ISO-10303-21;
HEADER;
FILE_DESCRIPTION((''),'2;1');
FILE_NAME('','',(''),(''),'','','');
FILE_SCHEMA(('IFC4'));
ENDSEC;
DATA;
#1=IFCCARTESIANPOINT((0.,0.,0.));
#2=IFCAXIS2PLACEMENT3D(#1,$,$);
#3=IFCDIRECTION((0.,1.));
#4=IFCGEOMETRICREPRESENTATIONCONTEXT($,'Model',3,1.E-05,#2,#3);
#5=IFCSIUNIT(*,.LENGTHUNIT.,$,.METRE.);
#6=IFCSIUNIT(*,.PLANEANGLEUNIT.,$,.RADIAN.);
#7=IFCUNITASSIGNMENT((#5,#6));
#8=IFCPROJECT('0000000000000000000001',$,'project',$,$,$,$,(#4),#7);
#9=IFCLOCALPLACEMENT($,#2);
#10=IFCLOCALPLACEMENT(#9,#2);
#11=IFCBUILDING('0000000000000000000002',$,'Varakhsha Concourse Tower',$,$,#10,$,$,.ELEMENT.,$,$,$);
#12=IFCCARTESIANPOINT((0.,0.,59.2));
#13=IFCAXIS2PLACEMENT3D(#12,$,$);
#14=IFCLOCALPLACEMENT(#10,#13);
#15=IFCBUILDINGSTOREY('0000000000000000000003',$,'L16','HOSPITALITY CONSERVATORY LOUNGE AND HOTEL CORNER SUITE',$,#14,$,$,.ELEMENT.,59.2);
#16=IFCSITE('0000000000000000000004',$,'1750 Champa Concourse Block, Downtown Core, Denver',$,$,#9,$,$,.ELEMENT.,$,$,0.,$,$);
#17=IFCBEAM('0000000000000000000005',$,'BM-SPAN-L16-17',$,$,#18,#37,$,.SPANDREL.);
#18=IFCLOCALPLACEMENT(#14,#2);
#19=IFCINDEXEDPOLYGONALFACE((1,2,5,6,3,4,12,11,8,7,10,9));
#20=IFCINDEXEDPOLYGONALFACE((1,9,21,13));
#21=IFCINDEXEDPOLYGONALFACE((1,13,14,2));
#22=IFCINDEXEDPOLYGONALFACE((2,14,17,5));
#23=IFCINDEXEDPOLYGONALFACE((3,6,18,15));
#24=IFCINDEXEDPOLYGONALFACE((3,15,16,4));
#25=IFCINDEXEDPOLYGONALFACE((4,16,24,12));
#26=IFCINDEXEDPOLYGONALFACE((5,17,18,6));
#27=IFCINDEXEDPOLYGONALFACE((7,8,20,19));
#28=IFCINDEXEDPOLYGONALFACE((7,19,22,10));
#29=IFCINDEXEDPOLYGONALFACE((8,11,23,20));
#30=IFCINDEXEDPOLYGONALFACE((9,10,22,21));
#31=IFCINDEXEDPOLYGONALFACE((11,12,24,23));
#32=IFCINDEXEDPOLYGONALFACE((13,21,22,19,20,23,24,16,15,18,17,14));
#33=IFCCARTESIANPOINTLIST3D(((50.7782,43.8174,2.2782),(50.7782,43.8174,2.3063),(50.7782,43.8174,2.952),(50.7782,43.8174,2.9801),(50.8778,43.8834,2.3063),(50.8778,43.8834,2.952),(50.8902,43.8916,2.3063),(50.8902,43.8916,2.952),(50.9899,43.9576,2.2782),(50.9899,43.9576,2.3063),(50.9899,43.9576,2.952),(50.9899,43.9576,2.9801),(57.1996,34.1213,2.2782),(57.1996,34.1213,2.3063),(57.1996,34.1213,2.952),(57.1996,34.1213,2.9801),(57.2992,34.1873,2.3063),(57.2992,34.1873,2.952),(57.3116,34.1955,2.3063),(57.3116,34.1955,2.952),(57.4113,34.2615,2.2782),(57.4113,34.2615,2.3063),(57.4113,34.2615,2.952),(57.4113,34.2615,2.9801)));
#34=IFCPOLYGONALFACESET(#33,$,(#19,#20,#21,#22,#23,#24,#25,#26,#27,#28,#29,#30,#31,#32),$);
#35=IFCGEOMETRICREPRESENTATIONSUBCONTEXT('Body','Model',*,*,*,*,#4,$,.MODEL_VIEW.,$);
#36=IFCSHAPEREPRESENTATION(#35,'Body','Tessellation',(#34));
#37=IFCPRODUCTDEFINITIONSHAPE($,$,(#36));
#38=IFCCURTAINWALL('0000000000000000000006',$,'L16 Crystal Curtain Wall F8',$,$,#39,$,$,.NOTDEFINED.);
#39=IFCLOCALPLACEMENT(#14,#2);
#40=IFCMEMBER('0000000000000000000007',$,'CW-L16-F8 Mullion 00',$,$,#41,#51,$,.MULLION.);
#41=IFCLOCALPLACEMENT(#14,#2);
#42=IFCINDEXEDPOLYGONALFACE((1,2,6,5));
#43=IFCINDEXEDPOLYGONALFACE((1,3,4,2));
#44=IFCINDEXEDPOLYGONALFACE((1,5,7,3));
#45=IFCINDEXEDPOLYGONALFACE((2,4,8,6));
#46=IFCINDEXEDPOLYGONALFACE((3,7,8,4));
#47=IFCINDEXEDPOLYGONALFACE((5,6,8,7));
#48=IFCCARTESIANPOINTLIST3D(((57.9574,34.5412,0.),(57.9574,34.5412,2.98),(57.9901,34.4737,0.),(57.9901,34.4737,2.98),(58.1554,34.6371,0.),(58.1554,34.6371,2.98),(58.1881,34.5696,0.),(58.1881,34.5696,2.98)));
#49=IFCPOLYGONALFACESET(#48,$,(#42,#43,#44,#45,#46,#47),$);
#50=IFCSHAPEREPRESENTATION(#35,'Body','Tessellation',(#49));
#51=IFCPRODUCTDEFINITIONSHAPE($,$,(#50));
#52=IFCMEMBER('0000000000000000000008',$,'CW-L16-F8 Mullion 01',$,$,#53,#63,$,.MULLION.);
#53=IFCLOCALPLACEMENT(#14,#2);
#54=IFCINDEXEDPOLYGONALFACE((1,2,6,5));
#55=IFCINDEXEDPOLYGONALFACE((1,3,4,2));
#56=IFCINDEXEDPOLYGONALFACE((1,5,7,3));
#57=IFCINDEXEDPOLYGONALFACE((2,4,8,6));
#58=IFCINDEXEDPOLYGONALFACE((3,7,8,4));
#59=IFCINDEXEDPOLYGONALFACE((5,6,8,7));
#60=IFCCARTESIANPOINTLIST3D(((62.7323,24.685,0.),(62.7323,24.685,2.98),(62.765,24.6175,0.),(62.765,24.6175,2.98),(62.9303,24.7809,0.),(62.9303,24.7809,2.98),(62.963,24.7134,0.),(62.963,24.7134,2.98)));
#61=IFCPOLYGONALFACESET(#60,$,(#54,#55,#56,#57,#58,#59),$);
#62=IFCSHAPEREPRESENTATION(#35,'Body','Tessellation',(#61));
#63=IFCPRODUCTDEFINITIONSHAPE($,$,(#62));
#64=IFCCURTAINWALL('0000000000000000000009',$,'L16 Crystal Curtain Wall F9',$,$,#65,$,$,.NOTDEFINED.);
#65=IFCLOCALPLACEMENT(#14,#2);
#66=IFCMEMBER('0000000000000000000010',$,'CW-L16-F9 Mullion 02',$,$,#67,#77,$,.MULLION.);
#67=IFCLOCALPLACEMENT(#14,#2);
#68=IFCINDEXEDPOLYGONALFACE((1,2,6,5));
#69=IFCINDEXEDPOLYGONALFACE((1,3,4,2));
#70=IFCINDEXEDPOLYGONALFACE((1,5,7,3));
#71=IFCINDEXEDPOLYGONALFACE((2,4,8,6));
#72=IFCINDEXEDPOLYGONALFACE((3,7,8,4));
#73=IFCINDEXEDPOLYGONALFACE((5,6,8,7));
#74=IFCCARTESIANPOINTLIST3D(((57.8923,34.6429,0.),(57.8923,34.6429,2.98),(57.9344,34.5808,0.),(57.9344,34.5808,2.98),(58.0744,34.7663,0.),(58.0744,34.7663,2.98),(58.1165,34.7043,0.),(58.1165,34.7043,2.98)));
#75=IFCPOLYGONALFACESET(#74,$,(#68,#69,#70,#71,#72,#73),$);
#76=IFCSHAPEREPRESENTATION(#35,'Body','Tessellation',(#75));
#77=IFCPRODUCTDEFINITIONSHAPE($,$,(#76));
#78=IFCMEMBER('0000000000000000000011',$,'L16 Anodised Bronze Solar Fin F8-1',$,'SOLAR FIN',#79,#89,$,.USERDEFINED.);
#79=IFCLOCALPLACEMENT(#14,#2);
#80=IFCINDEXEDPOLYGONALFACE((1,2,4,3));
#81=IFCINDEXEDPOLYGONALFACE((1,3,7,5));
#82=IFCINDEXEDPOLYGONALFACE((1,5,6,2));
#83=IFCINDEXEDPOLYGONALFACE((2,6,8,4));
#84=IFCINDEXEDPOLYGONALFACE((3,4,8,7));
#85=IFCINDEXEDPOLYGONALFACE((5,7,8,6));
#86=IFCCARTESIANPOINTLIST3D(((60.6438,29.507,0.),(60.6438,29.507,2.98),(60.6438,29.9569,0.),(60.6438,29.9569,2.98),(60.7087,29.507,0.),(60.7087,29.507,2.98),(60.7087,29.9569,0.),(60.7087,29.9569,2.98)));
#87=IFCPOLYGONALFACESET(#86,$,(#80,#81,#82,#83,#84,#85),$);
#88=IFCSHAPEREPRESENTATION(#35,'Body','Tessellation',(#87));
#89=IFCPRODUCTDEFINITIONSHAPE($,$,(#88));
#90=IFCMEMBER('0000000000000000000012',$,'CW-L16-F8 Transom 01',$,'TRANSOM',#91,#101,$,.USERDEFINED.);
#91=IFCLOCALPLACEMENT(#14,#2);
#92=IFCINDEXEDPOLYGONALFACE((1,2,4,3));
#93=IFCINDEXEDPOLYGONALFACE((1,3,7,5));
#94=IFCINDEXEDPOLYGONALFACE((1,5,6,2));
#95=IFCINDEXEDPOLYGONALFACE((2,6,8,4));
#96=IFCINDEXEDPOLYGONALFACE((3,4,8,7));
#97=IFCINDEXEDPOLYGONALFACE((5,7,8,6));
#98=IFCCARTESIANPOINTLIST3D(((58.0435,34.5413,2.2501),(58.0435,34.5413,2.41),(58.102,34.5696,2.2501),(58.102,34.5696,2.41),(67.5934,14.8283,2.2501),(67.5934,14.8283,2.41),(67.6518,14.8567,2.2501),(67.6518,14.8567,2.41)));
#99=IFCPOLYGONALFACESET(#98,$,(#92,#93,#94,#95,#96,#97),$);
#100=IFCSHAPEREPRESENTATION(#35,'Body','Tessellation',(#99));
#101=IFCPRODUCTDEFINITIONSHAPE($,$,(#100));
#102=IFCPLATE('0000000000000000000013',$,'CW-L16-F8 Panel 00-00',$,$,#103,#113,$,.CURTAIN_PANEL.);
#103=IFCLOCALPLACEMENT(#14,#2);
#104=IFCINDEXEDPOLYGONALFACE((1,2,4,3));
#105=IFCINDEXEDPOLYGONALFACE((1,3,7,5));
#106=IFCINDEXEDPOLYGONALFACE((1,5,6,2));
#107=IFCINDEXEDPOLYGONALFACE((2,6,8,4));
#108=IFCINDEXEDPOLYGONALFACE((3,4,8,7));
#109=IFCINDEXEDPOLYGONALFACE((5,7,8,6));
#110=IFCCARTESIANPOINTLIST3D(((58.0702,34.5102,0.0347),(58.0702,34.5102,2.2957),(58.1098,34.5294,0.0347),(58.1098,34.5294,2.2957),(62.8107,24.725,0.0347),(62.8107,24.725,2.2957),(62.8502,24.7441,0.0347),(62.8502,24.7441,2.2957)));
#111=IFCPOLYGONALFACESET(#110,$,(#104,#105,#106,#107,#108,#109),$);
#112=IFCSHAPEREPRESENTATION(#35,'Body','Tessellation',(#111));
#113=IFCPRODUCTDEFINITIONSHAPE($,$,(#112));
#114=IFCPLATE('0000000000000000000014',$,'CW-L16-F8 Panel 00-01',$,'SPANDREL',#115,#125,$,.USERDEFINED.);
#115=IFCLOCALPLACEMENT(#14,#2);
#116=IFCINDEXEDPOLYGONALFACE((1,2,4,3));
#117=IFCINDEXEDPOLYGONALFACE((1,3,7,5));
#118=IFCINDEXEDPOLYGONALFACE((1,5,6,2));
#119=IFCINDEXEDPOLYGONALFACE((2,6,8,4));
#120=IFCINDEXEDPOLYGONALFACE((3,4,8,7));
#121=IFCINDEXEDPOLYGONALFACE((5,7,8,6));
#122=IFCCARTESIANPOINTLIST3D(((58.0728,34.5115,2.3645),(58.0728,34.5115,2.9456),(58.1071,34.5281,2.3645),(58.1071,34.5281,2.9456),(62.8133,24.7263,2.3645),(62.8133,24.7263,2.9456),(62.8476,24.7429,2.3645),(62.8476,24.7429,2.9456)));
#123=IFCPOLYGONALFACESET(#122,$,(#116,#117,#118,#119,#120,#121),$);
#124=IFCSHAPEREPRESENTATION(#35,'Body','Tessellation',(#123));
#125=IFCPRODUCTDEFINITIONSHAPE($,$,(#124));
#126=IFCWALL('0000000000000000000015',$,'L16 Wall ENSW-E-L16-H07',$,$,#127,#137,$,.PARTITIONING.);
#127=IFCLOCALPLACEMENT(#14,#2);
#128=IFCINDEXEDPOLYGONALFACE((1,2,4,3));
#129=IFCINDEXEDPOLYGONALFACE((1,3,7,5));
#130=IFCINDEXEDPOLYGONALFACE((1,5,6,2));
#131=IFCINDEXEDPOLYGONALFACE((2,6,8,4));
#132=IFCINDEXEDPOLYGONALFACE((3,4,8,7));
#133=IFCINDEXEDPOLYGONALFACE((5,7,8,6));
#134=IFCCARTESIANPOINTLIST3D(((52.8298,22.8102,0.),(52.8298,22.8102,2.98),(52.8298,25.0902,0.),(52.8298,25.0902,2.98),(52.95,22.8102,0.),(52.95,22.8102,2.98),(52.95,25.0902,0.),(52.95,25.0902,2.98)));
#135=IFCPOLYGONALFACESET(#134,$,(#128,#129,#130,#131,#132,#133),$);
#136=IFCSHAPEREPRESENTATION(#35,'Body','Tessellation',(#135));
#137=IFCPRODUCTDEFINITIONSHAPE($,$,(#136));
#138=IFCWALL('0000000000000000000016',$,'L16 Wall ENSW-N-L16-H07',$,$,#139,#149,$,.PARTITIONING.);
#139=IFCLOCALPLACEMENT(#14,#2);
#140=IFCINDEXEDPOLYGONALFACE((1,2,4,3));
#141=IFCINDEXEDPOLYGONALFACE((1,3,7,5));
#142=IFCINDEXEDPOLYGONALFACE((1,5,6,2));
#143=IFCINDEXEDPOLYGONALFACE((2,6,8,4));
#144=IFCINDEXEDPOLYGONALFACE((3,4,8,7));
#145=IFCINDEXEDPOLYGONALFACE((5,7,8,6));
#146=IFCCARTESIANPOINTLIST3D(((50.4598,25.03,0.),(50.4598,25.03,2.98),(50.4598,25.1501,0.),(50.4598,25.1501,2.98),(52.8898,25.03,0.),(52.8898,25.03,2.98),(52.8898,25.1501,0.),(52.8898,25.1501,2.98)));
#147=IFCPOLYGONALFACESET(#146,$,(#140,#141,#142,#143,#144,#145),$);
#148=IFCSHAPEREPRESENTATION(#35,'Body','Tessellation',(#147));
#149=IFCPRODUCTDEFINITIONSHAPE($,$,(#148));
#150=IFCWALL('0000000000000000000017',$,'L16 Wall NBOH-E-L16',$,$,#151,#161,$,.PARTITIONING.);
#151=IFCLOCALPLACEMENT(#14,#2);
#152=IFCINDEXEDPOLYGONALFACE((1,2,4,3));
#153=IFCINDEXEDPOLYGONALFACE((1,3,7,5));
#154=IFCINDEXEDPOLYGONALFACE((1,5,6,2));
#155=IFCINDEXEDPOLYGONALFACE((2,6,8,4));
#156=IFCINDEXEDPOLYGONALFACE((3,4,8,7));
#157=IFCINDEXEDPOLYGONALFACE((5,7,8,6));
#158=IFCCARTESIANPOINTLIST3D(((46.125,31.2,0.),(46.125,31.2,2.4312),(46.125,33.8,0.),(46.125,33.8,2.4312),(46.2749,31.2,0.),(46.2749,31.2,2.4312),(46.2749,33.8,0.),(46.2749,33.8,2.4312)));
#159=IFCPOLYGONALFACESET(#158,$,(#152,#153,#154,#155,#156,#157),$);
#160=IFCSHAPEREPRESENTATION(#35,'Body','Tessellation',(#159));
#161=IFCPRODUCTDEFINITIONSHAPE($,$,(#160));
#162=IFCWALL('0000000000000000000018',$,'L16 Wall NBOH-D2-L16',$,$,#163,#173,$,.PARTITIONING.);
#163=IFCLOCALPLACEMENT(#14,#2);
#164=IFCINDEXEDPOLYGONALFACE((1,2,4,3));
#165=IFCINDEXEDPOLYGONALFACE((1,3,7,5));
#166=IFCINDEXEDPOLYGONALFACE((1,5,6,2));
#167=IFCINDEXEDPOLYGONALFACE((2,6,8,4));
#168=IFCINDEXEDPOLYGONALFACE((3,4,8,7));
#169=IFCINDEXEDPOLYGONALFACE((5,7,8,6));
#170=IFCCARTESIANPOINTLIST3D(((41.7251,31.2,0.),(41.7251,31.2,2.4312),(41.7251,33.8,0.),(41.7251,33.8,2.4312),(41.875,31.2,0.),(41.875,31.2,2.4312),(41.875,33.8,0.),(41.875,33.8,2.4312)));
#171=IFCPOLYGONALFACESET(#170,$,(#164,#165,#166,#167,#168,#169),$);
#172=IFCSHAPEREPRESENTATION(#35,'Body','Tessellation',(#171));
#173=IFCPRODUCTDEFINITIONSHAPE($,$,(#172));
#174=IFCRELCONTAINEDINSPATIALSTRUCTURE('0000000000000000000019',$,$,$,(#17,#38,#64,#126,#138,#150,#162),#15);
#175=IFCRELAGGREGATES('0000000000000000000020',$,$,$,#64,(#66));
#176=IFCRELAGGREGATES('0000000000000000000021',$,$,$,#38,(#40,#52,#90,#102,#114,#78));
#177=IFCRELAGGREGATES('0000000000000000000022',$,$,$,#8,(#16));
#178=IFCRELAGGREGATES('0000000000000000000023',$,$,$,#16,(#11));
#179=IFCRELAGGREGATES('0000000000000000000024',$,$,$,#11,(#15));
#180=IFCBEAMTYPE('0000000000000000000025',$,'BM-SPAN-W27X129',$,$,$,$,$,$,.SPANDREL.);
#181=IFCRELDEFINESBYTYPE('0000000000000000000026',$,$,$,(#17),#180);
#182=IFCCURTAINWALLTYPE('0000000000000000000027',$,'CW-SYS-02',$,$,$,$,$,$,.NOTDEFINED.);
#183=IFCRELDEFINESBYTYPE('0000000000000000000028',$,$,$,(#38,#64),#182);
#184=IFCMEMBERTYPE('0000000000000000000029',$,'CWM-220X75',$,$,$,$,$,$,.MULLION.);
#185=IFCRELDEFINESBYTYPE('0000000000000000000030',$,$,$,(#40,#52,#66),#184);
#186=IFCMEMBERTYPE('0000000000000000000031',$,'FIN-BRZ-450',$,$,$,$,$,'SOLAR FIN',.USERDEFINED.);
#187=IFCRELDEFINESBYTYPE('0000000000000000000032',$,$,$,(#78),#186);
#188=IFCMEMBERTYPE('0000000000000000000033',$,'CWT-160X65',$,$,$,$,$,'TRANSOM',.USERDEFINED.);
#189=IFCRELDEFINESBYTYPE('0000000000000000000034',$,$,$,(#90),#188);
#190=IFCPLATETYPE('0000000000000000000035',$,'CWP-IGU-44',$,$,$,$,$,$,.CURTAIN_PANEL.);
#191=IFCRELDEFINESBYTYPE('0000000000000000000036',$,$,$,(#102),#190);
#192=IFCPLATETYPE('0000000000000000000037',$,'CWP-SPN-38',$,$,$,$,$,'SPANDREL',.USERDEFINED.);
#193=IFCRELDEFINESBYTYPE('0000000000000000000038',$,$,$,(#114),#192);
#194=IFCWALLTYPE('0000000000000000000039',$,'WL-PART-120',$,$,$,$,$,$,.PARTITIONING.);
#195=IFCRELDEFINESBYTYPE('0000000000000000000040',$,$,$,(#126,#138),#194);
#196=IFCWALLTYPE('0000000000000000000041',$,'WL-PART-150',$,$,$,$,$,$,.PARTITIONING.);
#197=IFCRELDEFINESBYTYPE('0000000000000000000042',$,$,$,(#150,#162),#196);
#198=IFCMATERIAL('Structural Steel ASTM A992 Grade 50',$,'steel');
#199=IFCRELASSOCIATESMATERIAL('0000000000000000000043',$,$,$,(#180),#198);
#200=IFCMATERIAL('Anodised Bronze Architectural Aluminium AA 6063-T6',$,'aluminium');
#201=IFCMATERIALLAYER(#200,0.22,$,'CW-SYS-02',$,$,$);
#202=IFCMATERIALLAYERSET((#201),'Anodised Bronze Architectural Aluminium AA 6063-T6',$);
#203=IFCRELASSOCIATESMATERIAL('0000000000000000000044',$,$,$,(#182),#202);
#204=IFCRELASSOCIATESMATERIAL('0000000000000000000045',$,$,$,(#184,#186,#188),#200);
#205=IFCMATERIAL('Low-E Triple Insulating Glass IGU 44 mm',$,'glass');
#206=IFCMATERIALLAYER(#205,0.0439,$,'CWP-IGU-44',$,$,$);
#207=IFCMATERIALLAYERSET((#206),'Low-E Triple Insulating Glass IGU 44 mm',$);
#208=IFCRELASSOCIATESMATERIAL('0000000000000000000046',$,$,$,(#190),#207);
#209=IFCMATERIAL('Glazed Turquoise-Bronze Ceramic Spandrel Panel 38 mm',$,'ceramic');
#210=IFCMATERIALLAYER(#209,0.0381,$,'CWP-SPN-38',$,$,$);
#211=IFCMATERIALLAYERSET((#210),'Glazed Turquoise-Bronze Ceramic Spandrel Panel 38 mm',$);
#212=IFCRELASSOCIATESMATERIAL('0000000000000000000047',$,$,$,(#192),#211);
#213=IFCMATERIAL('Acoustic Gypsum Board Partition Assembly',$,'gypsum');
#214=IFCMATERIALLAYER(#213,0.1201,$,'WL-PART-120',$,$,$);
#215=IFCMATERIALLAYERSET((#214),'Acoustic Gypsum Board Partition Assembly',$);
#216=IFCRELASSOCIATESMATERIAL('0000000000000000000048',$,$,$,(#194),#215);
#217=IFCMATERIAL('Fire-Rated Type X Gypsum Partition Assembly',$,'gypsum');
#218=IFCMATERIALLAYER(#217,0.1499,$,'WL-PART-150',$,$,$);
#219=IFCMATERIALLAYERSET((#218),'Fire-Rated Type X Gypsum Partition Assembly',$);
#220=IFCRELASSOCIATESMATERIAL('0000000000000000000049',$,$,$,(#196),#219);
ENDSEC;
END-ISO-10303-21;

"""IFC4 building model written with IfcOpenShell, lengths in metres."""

from ifc_helpers import new_model, si_unit, direction, frame, frame_2d, origin, origin_2d, place, context, subcontext, project, spatial, rectangle, i_section, extrude, source, transform, mapped, material, layer, layer_set, material_profile, profile_set, type_object, type_shapes, element, aggregate, save


model = new_model("IFC4")

# Units and contexts
model_context = context("Model", 3, precision=1e-05, world=origin(), true_north=direction((0.0, 1.0)))
body_context = subcontext(model_context, "Body", "Model", "MODEL_VIEW")
ifc_project = project(units=[si_unit("LENGTHUNIT", "METRE"), si_unit("PLANEANGLEUNIT", "RADIAN")], contexts=[model_context])

# Site, building, storey
site_placement = place(None, origin())
site = spatial("IfcSite", under=ifc_project, at=site_placement, Name="1750 Champa Concourse Block, Downtown Core, Denver", CompositionType="ELEMENT", RefElevation=0.0)
building_placement = place(site_placement, origin())
building = spatial("IfcBuilding", under=site, at=building_placement, Name="Varakhsha Concourse Tower", CompositionType="ELEMENT")
storey_placement = place(building_placement, frame((0.0, 0.0, 59.2)))
storey = spatial("IfcBuildingStorey", under=building, at=storey_placement, Name="L16", Description="HOSPITALITY CONSERVATORY LOUNGE AND HOTEL CORNER SUITE", CompositionType="ELEMENT", Elevation=59.2)

# Shared definitions
ifc_material_1 = material(Name="Structural Steel ASTM A992 Grade 50", Category="steel")

# Beam
ifc_material_profile_1 = material_profile(ifc_material_1, i_section(OverallWidth=0.2539, OverallDepth=0.7019, WebThickness=0.0149, FlangeThickness=0.0281, at=origin_2d()), Name="W27X129")
ifc_profile_set_1 = profile_set([ifc_material_profile_1], Name="Structural Steel ASTM A992 Grade 50")
beam_type_1 = type_object("IfcBeamType", Name="BM-SPAN-W27X129", PredefinedType="SPANDREL", material=ifc_profile_set_1)
for number, where, z_axis, x_axis, name in (
    (1, (57.3054, 34.1914, 2.6292), (-0.552159, 0.833739, 0.0), (-0.833739, -0.552159, 0.0), "BM-SPAN-L16-17"),
):
    element("IfcBeam", number, at=place(storey_placement, frame(where, z_axis=z_axis, x_axis=x_axis)), inside=storey, type_object=beam_type_1, Name=name, PredefinedType="SPANDREL", context=body_context, shape_type="SweptSolid", body=[
        extrude(i_section(OverallWidth=0.2539, OverallDepth=0.7019, WebThickness=0.0149, FlangeThickness=0.0281, at=origin_2d()), origin(), (0.0, 0.0, 1.0), 11.6296),
    ])

# Curtain wall, members
ifc_material_2 = material(Name="Anodised Bronze Architectural Aluminium AA 6063-T6", Category="aluminium")
ifc_layer_1 = layer(ifc_material_2, 0.22, Name="CW-SYS-02")
ifc_layer_set_1 = layer_set([ifc_layer_1], Name="Anodised Bronze Architectural Aluminium AA 6063-T6")
curtain_wall_type = type_object("IfcCurtainWallType", Name="CW-SYS-02", PredefinedType="NOTDEFINED", material=ifc_layer_set_1)
curtain_wall_1_placement = place(storey_placement, origin())
curtain_wall_1 = element("IfcCurtainWall", 2, at=curtain_wall_1_placement, inside=storey, type_object=curtain_wall_type, Name="L16 Crystal Curtain Wall F8", PredefinedType="NOTDEFINED")
ifc_material_profile_2 = material_profile(ifc_material_2, rectangle(XDim=0.075, YDim=0.22, at=origin_2d()), Name="CWM-220X75")
ifc_profile_set_2 = profile_set([ifc_material_profile_2], Name="Anodised Bronze Architectural Aluminium AA 6063-T6")
member_type_1 = type_object("IfcMemberType", Name="CWM-220X75", PredefinedType="MULLION", material=ifc_profile_set_2)
shared_shape_1 = source(origin(), body_context, "Body", "SweptSolid", [
    extrude(rectangle(XDim=0.075, YDim=0.22, at=origin_2d()), origin(), (0.0, 0.0, 1.0), 2.98),
])
type_shapes(member_type_1, [shared_shape_1])
member_1_placement = place(storey_placement, frame((58.0728, 34.5554, 0.0), z_axis=(0.0, 0.0, 1.0), x_axis=(0.435982, -0.899955, 0.0)))
member_1 = element("IfcMember", 3, at=member_1_placement, type_object=member_type_1, Name="CW-L16-F8 Mullion 00", PredefinedType="MULLION", context=body_context, shape_type="MappedRepresentation", body=[
    mapped(shared_shape_1, transform((0.0, 0.0, 0.0), scale=1.0)),
])
member_2_placement = place(storey_placement, frame((62.8477, 24.6992, 0.0), z_axis=(0.0, 0.0, 1.0), x_axis=(0.435982, -0.899955, 0.0)))
member_2 = element("IfcMember", 4, at=member_2_placement, type_object=member_type_1, Name="CW-L16-F8 Mullion 01", PredefinedType="MULLION", context=body_context, shape_type="MappedRepresentation", body=[
    mapped(shared_shape_1, transform((0.0, 0.0, 0.0), scale=1.0)),
])

# Curtain wall, member
curtain_wall_2_placement = place(storey_placement, origin())
curtain_wall_2 = element("IfcCurtainWall", 5, at=curtain_wall_2_placement, inside=storey, type_object=curtain_wall_type, Name="L16 Crystal Curtain Wall F9", PredefinedType="NOTDEFINED")
member_3_placement = place(storey_placement, frame((58.0044, 34.6736, 0.0), z_axis=(0.0, 0.0, 1.0), x_axis=(0.561392, -0.82755, 0.0)))
member_3 = element("IfcMember", 6, at=member_3_placement, type_object=member_type_1, Name="CW-L16-F9 Mullion 02", PredefinedType="MULLION", context=body_context, shape_type="MappedRepresentation", body=[
    mapped(shared_shape_1, transform((0.0, 0.0, 0.0), scale=1.0)),
])
aggregate(curtain_wall_2, [member_3])

# Members
ifc_material_profile_3 = material_profile(ifc_material_2, rectangle(XDim=0.0649, YDim=0.45, at=origin_2d()), Name="FIN-BRZ-450")
ifc_profile_set_3 = profile_set([ifc_material_profile_3], Name="Anodised Bronze Architectural Aluminium AA 6063-T6")
member_type_2 = type_object("IfcMemberType", Name="FIN-BRZ-450", ElementType="SOLAR FIN", PredefinedType="USERDEFINED", material=ifc_profile_set_3)
shared_shape_2 = source(origin(), body_context, "Body", "SweptSolid", [
    extrude(rectangle(XDim=0.0649, YDim=0.45, at=origin_2d()), origin(), (0.0, 0.0, 1.0), 2.98),
])
type_shapes(member_type_2, [shared_shape_2])
member_4_placement = place(storey_placement, frame((60.6763, 29.7319, 0.0), z_axis=(0.0, 0.0, 1.0), x_axis=(1.0, 0.0, 0.0)))
member_4 = element("IfcMember", 7, at=member_4_placement, type_object=member_type_2, Name="L16 Anodised Bronze Solar Fin F8-1", ObjectType="SOLAR FIN", PredefinedType="USERDEFINED", context=body_context, shape_type="MappedRepresentation", body=[
    mapped(shared_shape_2, transform((0.0, 0.0, 0.0), scale=1.0)),
])
ifc_material_profile_4 = material_profile(ifc_material_2, rectangle(XDim=0.0649, YDim=0.1599, at=origin_2d()), Name="CWT-160X65")
ifc_profile_set_4 = profile_set([ifc_material_profile_4], Name="Anodised Bronze Architectural Aluminium AA 6063-T6")
member_type_3 = type_object("IfcMemberType", Name="CWT-160X65", ElementType="TRANSOM", PredefinedType="USERDEFINED", material=ifc_profile_set_4)
shared_shape_3 = source(origin(), body_context, "Body", "SweptSolid", [
    extrude(rectangle(XDim=0.0649, YDim=0.1599, at=origin_2d()), origin(), (0.0, 0.0, 1.0), 21.9043),
])
type_shapes(member_type_3, [shared_shape_3])
member_5_placement = place(storey_placement, frame((58.0728, 34.5554, 2.3301), z_axis=(0.435979, -0.899957, 0.0), x_axis=(0.899957, 0.435979, 0.0)))
member_5 = element("IfcMember", 8, at=member_5_placement, type_object=member_type_3, Name="CW-L16-F8 Transom 01", ObjectType="TRANSOM", PredefinedType="USERDEFINED", context=body_context, shape_type="MappedRepresentation", body=[
    mapped(shared_shape_3, transform((0.0, 0.0, 0.0), scale=1.0)),
])

# Plates
ifc_material_3 = material(Name="Low-E Triple Insulating Glass IGU 44 mm", Category="glass")
ifc_layer_2 = layer(ifc_material_3, 0.0439, Name="CWP-IGU-44")
ifc_layer_set_2 = layer_set([ifc_layer_2], Name="Low-E Triple Insulating Glass IGU 44 mm")
plate_type_1 = type_object("IfcPlateType", Name="CWP-IGU-44", PredefinedType="CURTAIN_PANEL", material=ifc_layer_set_2)
shared_shape_4 = source(origin(), body_context, "Body", "SweptSolid", [
    extrude(rectangle(XDim=10.873, YDim=0.0439, at=origin_2d()), origin(), (0.0, 0.0, 1.0), 2.261),
])
type_shapes(plate_type_1, [shared_shape_4])
plate_1_placement = place(storey_placement, frame((60.4602, 29.6272, 0.0347), z_axis=(0.0, 0.0, 1.0), x_axis=(0.435982, -0.899955, 0.0)))
plate_1 = element("IfcPlate", 9, at=plate_1_placement, type_object=plate_type_1, Name="CW-L16-F8 Panel 00-00", PredefinedType="CURTAIN_PANEL", context=body_context, shape_type="MappedRepresentation", body=[
    mapped(shared_shape_4, transform((0.0, 0.0, 0.0), scale=1.0)),
])
ifc_material_4 = material(Name="Glazed Turquoise-Bronze Ceramic Spandrel Panel 38 mm", Category="ceramic")
ifc_layer_3 = layer(ifc_material_4, 0.0381, Name="CWP-SPN-38")
ifc_layer_set_3 = layer_set([ifc_layer_3], Name="Glazed Turquoise-Bronze Ceramic Spandrel Panel 38 mm")
plate_type_2 = type_object("IfcPlateType", Name="CWP-SPN-38", ElementType="SPANDREL", PredefinedType="USERDEFINED", material=ifc_layer_set_3)
shared_shape_5 = source(origin(), body_context, "Body", "SweptSolid", [
    extrude(rectangle(XDim=10.873, YDim=0.0381, at=origin_2d()), origin(), (0.0, 0.0, 1.0), 0.5811),
])
type_shapes(plate_type_2, [shared_shape_5])
plate_2_placement = place(storey_placement, frame((60.4602, 29.6272, 2.3645), z_axis=(0.0, 0.0, 1.0), x_axis=(0.435982, -0.899955, 0.0)))
plate_2 = element("IfcPlate", 10, at=plate_2_placement, type_object=plate_type_2, Name="CW-L16-F8 Panel 00-01", ObjectType="SPANDREL", PredefinedType="USERDEFINED", context=body_context, shape_type="MappedRepresentation", body=[
    mapped(shared_shape_5, transform((0.0, 0.0, 0.0), scale=1.0)),
])
aggregate(curtain_wall_1, [member_1, member_2, member_5, plate_1, plate_2, member_4])

# Walls
ifc_material_5 = material(Name="Acoustic Gypsum Board Partition Assembly", Category="gypsum")
ifc_layer_4 = layer(ifc_material_5, 0.1201, Name="WL-PART-120")
ifc_layer_set_4 = layer_set([ifc_layer_4], Name="Acoustic Gypsum Board Partition Assembly")
wall_type_1 = type_object("IfcWallType", Name="WL-PART-120", PredefinedType="PARTITIONING", material=ifc_layer_set_4)
wall_1_placement = place(storey_placement, frame((52.8899, 22.8101, 0.0), z_axis=(0.0, 0.0, 1.0), x_axis=(0.0, 1.0, 0.0)))
element("IfcWall", 11, at=wall_1_placement, inside=storey, type_object=wall_type_1, Name="L16 Wall ENSW-E-L16-H07", PredefinedType="PARTITIONING", context=body_context, shape_type="SweptSolid", body=[
    extrude(rectangle(XDim=2.28, YDim=0.1201, at=frame_2d((1.1401, 0.0))), origin(), (0.0, 0.0, 1.0), 2.98),
])
wall_2_placement = place(storey_placement, frame((50.46, 25.0901, 0.0), z_axis=(0.0, 0.0, 1.0), x_axis=(1.0, 0.0, 0.0)))
element("IfcWall", 12, at=wall_2_placement, inside=storey, type_object=wall_type_1, Name="L16 Wall ENSW-N-L16-H07", PredefinedType="PARTITIONING", context=body_context, shape_type="SweptSolid", body=[
    extrude(rectangle(XDim=2.4299, YDim=0.1201, at=frame_2d((1.2148, 0.0))), origin(), (0.0, 0.0, 1.0), 2.98),
])
ifc_material_6 = material(Name="Fire-Rated Type X Gypsum Partition Assembly", Category="gypsum")
ifc_layer_5 = layer(ifc_material_6, 0.1499, Name="WL-PART-150")
ifc_layer_set_5 = layer_set([ifc_layer_5], Name="Fire-Rated Type X Gypsum Partition Assembly")
wall_type_2 = type_object("IfcWallType", Name="WL-PART-150", PredefinedType="PARTITIONING", material=ifc_layer_set_5)
for number, where, z_axis, x_axis, name in (
    (13, (46.2, 31.2, 0.0), (0.0, 0.0, 1.0), (0.0, 1.0, 0.0), "L16 Wall NBOH-E-L16"),
    (14, (41.8, 31.2, 0.0), (0.0, 0.0, 1.0), (0.0, 1.0, 0.0), "L16 Wall NBOH-D2-L16"),
):
    element("IfcWall", number, at=place(storey_placement, frame(where, z_axis=z_axis, x_axis=x_axis)), inside=storey, type_object=wall_type_2, Name=name, PredefinedType="PARTITIONING", context=body_context, shape_type="SweptSolid", body=[
        extrude(rectangle(XDim=2.6001, YDim=0.1499, at=frame_2d((1.3, 0.0))), origin(), (0.0, 0.0, 1.0), 2.4312),
    ])

save(model, "model.ifc")
